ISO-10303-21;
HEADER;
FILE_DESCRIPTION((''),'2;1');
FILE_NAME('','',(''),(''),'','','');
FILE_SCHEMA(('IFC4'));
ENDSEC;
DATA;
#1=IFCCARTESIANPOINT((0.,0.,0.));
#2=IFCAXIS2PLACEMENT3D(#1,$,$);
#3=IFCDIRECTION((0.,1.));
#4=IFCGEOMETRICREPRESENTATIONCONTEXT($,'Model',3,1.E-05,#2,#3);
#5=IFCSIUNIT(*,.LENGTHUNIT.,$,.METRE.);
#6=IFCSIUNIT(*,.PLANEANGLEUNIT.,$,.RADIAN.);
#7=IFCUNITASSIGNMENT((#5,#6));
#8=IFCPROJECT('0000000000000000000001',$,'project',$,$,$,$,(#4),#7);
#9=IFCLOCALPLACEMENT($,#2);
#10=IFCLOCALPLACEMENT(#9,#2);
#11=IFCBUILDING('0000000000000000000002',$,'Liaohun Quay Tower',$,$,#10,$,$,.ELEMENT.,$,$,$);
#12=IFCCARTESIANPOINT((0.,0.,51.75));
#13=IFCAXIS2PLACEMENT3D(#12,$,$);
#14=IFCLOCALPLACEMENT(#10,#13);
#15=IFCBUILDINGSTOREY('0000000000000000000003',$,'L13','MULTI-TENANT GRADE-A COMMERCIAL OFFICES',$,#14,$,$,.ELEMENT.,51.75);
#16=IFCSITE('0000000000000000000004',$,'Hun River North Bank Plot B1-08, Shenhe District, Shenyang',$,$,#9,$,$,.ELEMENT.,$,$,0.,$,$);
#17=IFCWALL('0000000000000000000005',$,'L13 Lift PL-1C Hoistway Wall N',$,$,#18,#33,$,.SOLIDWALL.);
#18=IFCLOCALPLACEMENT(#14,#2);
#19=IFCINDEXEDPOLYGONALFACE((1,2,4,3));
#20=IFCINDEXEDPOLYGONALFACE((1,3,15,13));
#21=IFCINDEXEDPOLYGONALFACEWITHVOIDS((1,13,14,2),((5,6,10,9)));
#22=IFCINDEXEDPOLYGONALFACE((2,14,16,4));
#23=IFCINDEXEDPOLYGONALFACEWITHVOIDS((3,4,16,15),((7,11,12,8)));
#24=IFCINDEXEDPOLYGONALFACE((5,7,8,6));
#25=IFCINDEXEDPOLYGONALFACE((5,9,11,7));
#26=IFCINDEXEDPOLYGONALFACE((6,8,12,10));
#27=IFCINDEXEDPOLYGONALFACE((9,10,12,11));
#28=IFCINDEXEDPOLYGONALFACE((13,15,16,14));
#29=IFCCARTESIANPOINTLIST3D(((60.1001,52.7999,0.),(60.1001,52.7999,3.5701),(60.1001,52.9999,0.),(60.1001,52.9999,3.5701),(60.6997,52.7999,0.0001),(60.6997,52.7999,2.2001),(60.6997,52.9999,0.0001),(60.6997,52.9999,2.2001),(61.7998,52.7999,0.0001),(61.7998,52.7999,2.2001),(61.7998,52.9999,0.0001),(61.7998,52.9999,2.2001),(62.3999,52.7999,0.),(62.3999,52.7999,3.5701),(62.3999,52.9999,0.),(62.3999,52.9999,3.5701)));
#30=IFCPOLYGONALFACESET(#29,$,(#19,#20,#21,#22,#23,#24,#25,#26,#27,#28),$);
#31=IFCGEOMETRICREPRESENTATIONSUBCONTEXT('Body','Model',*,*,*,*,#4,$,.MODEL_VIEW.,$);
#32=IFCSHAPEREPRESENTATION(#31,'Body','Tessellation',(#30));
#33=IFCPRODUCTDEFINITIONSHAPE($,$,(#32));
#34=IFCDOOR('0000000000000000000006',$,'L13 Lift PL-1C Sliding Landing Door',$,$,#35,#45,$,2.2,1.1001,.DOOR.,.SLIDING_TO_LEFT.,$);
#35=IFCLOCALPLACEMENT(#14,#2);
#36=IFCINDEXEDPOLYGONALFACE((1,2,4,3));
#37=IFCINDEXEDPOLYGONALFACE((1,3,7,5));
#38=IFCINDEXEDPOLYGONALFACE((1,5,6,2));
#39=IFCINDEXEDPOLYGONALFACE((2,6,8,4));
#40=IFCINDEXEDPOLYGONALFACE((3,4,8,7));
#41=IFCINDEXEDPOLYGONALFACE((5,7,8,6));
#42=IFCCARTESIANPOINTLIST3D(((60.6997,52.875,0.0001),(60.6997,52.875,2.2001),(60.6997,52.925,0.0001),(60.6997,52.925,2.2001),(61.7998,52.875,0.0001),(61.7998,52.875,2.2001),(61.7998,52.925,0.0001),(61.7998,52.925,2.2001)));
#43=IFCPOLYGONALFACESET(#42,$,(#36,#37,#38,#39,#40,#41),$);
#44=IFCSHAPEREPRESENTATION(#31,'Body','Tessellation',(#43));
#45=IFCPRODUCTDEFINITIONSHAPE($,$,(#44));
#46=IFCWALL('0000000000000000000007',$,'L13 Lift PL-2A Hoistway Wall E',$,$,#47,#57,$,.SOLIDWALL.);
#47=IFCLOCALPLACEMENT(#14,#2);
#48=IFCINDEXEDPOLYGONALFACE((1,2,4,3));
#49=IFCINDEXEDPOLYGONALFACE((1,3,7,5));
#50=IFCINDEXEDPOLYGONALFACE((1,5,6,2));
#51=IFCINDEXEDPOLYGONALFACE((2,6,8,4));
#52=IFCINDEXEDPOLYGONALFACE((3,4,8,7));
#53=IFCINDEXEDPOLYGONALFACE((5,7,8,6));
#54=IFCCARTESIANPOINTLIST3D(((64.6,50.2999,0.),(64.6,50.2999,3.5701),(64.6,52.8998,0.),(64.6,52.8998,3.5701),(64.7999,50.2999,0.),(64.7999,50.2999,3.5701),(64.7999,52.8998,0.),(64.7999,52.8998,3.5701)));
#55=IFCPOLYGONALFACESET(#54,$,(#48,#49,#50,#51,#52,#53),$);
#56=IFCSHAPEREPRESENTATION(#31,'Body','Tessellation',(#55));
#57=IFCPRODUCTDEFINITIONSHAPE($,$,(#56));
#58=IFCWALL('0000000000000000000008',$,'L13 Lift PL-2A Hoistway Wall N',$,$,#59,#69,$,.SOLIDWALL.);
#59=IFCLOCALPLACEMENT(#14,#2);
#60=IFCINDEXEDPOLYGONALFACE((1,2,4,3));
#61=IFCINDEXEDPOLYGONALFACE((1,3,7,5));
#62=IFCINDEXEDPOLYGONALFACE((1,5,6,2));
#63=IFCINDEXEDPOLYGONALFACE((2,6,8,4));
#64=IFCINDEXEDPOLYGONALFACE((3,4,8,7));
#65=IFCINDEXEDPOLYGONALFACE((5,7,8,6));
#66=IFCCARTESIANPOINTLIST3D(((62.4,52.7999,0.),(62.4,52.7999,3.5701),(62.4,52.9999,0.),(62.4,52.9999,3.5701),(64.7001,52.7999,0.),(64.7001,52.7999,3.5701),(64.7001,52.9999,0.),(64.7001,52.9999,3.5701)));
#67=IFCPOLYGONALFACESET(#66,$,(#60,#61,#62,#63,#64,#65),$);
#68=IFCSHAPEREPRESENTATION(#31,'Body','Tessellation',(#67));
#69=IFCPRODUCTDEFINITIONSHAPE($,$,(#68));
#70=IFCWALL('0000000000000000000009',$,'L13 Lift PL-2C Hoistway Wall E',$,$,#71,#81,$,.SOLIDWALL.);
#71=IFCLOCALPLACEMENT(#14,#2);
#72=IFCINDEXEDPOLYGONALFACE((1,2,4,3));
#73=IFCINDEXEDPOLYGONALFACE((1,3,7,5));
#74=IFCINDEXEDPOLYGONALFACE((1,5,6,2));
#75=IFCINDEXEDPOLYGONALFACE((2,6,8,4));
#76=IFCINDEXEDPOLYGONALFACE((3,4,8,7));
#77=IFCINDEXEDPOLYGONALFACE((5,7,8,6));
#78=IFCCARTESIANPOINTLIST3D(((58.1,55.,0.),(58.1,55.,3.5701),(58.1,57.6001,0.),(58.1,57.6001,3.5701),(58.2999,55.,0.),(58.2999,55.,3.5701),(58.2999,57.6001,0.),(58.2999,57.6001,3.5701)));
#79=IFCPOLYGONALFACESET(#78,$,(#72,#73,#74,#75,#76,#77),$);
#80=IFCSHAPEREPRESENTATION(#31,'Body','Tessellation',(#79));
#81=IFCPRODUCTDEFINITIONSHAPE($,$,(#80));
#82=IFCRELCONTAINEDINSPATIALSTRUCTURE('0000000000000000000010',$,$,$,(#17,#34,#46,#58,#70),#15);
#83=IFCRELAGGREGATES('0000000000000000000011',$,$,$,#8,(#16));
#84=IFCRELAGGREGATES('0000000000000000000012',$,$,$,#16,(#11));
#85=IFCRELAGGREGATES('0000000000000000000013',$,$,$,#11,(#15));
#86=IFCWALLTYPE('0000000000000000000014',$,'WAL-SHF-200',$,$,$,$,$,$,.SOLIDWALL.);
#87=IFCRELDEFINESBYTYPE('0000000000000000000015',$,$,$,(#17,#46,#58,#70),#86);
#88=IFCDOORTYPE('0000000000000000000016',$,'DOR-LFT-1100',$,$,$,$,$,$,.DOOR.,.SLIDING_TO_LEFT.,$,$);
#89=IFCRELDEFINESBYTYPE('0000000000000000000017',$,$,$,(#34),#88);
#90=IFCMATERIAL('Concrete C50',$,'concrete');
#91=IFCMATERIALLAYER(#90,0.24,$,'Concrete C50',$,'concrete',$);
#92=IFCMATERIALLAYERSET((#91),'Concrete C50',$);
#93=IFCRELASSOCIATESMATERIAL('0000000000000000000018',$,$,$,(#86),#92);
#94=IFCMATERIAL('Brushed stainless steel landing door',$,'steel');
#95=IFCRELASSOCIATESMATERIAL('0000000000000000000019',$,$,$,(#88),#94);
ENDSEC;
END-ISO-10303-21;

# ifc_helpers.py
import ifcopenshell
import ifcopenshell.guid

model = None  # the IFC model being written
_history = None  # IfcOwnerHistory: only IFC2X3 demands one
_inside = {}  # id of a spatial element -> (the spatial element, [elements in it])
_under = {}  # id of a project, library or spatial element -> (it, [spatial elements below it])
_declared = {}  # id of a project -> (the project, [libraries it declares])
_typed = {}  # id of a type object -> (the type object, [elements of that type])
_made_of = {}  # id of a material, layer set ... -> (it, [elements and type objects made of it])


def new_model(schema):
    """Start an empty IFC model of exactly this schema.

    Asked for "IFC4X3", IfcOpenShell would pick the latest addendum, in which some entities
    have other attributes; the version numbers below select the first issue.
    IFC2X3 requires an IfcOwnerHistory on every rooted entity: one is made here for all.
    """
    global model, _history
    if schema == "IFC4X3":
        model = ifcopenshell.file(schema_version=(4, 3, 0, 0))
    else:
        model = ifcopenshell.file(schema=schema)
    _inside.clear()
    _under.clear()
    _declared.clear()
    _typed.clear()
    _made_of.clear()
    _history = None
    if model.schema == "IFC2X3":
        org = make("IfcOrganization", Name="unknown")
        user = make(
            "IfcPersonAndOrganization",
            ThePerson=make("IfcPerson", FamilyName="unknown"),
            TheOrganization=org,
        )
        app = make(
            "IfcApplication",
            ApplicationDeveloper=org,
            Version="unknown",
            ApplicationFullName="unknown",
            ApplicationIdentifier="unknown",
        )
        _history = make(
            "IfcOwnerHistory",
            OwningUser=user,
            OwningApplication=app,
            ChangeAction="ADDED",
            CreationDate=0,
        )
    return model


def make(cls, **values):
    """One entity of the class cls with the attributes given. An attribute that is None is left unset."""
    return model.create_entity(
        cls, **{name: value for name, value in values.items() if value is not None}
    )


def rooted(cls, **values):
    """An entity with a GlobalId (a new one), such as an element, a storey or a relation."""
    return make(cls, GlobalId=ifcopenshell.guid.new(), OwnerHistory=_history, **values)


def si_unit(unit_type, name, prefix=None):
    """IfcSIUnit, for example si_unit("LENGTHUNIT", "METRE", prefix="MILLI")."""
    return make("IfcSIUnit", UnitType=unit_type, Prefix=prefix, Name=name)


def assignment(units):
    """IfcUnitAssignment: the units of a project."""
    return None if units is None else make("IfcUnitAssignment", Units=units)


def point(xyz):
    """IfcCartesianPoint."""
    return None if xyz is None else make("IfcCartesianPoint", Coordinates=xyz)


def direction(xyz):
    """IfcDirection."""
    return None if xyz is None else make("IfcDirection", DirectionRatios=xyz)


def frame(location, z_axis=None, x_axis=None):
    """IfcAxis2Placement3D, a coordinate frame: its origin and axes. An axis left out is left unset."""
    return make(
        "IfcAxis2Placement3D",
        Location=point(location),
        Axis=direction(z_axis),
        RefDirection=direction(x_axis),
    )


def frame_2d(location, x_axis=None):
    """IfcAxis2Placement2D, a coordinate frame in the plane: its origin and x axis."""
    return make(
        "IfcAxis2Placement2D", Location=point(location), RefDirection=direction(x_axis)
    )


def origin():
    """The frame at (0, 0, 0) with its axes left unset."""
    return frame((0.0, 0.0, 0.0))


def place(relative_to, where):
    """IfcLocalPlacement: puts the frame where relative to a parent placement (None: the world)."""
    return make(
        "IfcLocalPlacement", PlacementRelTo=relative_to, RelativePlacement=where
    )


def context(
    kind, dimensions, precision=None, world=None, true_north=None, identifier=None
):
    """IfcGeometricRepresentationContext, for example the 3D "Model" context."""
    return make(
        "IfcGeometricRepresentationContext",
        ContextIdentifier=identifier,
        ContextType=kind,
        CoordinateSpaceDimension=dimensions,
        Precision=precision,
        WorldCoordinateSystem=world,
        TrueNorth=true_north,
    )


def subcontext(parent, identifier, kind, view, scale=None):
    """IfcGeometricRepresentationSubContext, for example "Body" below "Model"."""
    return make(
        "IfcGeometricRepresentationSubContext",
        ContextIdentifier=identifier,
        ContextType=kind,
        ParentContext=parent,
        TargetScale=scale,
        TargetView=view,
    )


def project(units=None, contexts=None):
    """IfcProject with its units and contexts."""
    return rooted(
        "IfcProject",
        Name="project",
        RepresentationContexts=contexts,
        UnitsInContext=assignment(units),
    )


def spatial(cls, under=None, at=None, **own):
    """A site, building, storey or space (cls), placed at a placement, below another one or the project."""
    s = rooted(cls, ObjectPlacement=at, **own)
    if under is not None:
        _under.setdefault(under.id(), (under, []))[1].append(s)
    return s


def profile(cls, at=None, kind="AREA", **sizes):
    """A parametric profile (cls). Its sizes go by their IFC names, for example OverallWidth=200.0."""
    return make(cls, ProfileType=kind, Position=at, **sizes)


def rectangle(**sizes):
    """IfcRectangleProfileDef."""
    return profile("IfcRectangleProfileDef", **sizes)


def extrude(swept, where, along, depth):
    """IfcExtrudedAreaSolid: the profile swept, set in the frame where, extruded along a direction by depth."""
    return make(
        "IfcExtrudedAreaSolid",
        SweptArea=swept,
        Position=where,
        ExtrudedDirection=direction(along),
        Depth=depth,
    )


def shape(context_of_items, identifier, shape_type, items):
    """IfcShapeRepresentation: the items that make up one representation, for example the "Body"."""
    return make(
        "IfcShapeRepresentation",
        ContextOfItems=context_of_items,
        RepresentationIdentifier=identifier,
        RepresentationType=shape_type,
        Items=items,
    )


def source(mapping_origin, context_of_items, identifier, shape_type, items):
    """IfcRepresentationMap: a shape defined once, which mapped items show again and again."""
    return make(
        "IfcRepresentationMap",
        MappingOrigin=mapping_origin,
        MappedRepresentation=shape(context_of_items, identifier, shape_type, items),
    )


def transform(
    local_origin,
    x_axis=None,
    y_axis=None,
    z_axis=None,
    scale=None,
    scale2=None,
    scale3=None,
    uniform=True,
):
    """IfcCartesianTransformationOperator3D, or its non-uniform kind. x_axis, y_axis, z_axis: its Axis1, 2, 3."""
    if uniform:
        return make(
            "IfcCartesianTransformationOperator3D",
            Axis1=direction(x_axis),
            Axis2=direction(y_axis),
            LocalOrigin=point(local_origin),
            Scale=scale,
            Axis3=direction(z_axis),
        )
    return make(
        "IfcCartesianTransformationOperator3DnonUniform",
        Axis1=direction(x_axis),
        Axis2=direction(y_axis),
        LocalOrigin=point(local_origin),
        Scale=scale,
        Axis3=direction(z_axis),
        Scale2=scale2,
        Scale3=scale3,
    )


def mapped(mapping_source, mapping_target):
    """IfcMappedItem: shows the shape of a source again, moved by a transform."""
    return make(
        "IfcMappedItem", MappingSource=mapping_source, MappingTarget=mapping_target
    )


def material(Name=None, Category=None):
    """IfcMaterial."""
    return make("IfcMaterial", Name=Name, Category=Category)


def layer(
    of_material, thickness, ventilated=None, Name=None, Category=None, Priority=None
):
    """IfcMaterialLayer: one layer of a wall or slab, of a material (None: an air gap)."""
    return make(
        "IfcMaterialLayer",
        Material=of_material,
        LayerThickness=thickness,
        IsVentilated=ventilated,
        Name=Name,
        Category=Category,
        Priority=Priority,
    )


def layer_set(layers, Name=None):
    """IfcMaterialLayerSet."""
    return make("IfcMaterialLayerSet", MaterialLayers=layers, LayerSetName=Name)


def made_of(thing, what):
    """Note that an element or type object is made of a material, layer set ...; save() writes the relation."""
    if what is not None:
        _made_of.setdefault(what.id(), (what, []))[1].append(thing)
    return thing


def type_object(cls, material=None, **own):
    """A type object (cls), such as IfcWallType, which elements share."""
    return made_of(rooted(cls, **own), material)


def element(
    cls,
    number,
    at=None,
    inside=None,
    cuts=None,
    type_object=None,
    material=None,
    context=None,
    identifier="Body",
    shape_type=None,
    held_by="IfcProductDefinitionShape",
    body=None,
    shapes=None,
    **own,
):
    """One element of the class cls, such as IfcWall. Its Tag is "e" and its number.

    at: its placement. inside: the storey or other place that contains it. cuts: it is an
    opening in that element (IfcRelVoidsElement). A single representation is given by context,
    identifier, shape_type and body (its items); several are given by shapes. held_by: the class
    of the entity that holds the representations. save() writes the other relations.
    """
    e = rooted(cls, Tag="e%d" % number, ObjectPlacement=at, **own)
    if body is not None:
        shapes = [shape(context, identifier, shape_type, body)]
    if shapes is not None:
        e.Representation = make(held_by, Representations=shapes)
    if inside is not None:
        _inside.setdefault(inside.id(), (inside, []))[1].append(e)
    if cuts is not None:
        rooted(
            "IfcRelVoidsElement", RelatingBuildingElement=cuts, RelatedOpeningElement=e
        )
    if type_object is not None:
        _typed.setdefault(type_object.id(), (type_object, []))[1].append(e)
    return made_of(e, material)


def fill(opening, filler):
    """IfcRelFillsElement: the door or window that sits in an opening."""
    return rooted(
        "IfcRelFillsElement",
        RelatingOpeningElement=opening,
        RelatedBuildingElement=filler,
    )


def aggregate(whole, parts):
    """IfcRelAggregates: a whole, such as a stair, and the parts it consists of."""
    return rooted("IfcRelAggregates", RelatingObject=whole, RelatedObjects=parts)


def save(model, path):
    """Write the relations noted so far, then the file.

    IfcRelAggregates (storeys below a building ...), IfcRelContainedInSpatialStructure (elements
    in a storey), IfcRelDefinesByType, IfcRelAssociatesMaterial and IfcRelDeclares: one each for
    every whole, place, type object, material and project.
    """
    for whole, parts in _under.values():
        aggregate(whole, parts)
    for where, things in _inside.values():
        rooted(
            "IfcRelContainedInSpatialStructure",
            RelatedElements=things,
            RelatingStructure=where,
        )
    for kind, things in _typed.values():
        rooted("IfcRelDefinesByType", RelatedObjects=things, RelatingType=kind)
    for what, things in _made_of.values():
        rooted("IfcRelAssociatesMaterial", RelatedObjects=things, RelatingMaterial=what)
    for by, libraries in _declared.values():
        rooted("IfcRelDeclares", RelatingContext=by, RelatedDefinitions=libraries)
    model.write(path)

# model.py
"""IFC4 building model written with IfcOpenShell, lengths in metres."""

from ifc_helpers import new_model, si_unit, direction, frame, frame_2d, origin, place, context, subcontext, project, spatial, rectangle, extrude, source, transform, mapped, material, layer, layer_set, type_object, element, fill, save


model = new_model("IFC4")

# Units and contexts
model_context = context("Model", 3, precision=1e-05, world=origin(), true_north=direction((0.0, 1.0)))
body_context = subcontext(model_context, "Body", "Model", "MODEL_VIEW")
ifc_project = project(units=[si_unit("LENGTHUNIT", "METRE"), si_unit("PLANEANGLEUNIT", "RADIAN")], contexts=[model_context])

# Site, building, storey
site_placement = place(None, origin())
site = spatial("IfcSite", under=ifc_project, at=site_placement, Name="Hun River North Bank Plot B1-08, Shenhe District, Shenyang", CompositionType="ELEMENT", RefElevation=0.0)
building_placement = place(site_placement, origin())
building = spatial("IfcBuilding", under=site, at=building_placement, Name="Liaohun Quay Tower", CompositionType="ELEMENT")
storey_placement = place(building_placement, frame((0.0, 0.0, 51.75)))
storey = spatial("IfcBuildingStorey", under=building, at=storey_placement, Name="L13", Description="MULTI-TENANT GRADE-A COMMERCIAL OFFICES", CompositionType="ELEMENT", Elevation=51.75)

# Shared definitions
ifc_material_1 = material(Name="Concrete C50", Category="concrete")
ifc_layer = layer(ifc_material_1, 0.24, Name="Concrete C50", Category="concrete")
ifc_layer_set = layer_set([ifc_layer], Name="Concrete C50")
wall_type = type_object("IfcWallType", Name="WAL-SHF-200", PredefinedType="SOLIDWALL", material=ifc_layer_set)

# Shared definitions
shared_shape_1 = source(origin(), body_context, "Body", "SweptSolid", [
    extrude(rectangle(XDim=1.1001, YDim=2.2, at=frame_2d((0.55, 1.1001))), frame((0.0, 0.1099, 0.0), z_axis=(0.0, -1.0, 0.0), x_axis=(1.0, 0.0, 0.0)), (0.0, 0.0, 1.0), 0.22),
])
ifc_material_2 = material(Name="Brushed stainless steel landing door", Category="steel")
door_type_1 = type_object("IfcDoorType", Name="DOR-LFT-1100", OperationType="SLIDING_TO_LEFT", PredefinedType="DOOR", material=ifc_material_2)
shared_shape_2 = source(origin(), body_context, "Body", "SweptSolid", [
    extrude(rectangle(XDim=1.1001, YDim=2.2, at=frame_2d((0.55, 1.1001))), frame((0.0, 0.0249, 0.0), z_axis=(0.0, -1.0, 0.0), x_axis=(1.0, 0.0, 0.0)), (0.0, 0.0, 1.0), 0.05),
])

# Wall, opening, door
wall_1_placement = place(storey_placement, frame((62.3999, 52.8999, 0.0), z_axis=(0.0, 0.0, 1.0), x_axis=(-1.0, 0.0, 0.0)))
wall_1 = element("IfcWall", 1, at=wall_1_placement, inside=storey, type_object=wall_type, Name="L13 Lift PL-1C Hoistway Wall N", PredefinedType="SOLIDWALL", context=body_context, shape_type="SweptSolid", body=[
    extrude(rectangle(XDim=2.2998, YDim=0.2, at=frame_2d((1.1499, 0.0))), origin(), (0.0, 0.0, 1.0), 3.5701),
])
opening_1_placement = place(wall_1_placement, frame((0.6001, 0.0, 0.0)))
opening_1 = element("IfcOpeningElement", 2, at=opening_1_placement, cuts=wall_1, PredefinedType="OPENING", context=body_context, shape_type="MappedRepresentation", body=[
    mapped(shared_shape_1, transform((0.0, 0.0, 0.0), x_axis=(1.0, 0.0, 0.0), y_axis=(0.0, 1.0, 0.0), z_axis=(0.0, 0.0, 1.0), scale=1.0)),
])
door_1_placement = place(opening_1_placement, origin())
door_1 = element("IfcDoor", 3, at=door_1_placement, inside=storey, type_object=door_type_1, Name="L13 Lift PL-1C Sliding Landing Door", OperationType="SLIDING_TO_LEFT", OverallHeight=2.2, OverallWidth=1.1001, PredefinedType="DOOR", context=body_context, shape_type="MappedRepresentation", body=[
    mapped(shared_shape_2, transform((0.0, 0.0, 0.0), x_axis=(1.0, 0.0, 0.0), y_axis=(0.0, 1.0, 0.0), z_axis=(0.0, 0.0, 1.0), scale=1.0)),
])
fill(opening_1, door_1)

# Walls
wall_2_placement = place(storey_placement, frame((64.7, 50.3, 0.0), z_axis=(0.0, 0.0, 1.0), x_axis=(0.0, 1.0, 0.0)))
element("IfcWall", 4, at=wall_2_placement, inside=storey, type_object=wall_type, Name="L13 Lift PL-2A Hoistway Wall E", PredefinedType="SOLIDWALL", context=body_context, shape_type="SweptSolid", body=[
    extrude(rectangle(XDim=2.5999, YDim=0.2, at=frame_2d((1.2998, 0.0))), origin(), (0.0, 0.0, 1.0), 3.5701),
])
wall_3_placement = place(storey_placement, frame((64.7, 52.8999, 0.0), z_axis=(0.0, 0.0, 1.0), x_axis=(-1.0, 0.0, 0.0)))
element("IfcWall", 5, at=wall_3_placement, inside=storey, type_object=wall_type, Name="L13 Lift PL-2A Hoistway Wall N", PredefinedType="SOLIDWALL", context=body_context, shape_type="SweptSolid", body=[
    extrude(rectangle(XDim=2.3, YDim=0.2, at=frame_2d((1.1499, 0.0))), origin(), (0.0, 0.0, 1.0), 3.5701),
])
wall_4_placement = place(storey_placement, frame((58.2, 55.0, 0.0), z_axis=(0.0, 0.0, 1.0), x_axis=(0.0, 1.0, 0.0)))
element("IfcWall", 6, at=wall_4_placement, inside=storey, type_object=wall_type, Name="L13 Lift PL-2C Hoistway Wall E", PredefinedType="SOLIDWALL", context=body_context, shape_type="SweptSolid", body=[
    extrude(rectangle(XDim=2.6001, YDim=0.2, at=frame_2d((1.3, 0.0))), origin(), (0.0, 0.0, 1.0), 3.5701),
])

save(model, "model.ifc")
